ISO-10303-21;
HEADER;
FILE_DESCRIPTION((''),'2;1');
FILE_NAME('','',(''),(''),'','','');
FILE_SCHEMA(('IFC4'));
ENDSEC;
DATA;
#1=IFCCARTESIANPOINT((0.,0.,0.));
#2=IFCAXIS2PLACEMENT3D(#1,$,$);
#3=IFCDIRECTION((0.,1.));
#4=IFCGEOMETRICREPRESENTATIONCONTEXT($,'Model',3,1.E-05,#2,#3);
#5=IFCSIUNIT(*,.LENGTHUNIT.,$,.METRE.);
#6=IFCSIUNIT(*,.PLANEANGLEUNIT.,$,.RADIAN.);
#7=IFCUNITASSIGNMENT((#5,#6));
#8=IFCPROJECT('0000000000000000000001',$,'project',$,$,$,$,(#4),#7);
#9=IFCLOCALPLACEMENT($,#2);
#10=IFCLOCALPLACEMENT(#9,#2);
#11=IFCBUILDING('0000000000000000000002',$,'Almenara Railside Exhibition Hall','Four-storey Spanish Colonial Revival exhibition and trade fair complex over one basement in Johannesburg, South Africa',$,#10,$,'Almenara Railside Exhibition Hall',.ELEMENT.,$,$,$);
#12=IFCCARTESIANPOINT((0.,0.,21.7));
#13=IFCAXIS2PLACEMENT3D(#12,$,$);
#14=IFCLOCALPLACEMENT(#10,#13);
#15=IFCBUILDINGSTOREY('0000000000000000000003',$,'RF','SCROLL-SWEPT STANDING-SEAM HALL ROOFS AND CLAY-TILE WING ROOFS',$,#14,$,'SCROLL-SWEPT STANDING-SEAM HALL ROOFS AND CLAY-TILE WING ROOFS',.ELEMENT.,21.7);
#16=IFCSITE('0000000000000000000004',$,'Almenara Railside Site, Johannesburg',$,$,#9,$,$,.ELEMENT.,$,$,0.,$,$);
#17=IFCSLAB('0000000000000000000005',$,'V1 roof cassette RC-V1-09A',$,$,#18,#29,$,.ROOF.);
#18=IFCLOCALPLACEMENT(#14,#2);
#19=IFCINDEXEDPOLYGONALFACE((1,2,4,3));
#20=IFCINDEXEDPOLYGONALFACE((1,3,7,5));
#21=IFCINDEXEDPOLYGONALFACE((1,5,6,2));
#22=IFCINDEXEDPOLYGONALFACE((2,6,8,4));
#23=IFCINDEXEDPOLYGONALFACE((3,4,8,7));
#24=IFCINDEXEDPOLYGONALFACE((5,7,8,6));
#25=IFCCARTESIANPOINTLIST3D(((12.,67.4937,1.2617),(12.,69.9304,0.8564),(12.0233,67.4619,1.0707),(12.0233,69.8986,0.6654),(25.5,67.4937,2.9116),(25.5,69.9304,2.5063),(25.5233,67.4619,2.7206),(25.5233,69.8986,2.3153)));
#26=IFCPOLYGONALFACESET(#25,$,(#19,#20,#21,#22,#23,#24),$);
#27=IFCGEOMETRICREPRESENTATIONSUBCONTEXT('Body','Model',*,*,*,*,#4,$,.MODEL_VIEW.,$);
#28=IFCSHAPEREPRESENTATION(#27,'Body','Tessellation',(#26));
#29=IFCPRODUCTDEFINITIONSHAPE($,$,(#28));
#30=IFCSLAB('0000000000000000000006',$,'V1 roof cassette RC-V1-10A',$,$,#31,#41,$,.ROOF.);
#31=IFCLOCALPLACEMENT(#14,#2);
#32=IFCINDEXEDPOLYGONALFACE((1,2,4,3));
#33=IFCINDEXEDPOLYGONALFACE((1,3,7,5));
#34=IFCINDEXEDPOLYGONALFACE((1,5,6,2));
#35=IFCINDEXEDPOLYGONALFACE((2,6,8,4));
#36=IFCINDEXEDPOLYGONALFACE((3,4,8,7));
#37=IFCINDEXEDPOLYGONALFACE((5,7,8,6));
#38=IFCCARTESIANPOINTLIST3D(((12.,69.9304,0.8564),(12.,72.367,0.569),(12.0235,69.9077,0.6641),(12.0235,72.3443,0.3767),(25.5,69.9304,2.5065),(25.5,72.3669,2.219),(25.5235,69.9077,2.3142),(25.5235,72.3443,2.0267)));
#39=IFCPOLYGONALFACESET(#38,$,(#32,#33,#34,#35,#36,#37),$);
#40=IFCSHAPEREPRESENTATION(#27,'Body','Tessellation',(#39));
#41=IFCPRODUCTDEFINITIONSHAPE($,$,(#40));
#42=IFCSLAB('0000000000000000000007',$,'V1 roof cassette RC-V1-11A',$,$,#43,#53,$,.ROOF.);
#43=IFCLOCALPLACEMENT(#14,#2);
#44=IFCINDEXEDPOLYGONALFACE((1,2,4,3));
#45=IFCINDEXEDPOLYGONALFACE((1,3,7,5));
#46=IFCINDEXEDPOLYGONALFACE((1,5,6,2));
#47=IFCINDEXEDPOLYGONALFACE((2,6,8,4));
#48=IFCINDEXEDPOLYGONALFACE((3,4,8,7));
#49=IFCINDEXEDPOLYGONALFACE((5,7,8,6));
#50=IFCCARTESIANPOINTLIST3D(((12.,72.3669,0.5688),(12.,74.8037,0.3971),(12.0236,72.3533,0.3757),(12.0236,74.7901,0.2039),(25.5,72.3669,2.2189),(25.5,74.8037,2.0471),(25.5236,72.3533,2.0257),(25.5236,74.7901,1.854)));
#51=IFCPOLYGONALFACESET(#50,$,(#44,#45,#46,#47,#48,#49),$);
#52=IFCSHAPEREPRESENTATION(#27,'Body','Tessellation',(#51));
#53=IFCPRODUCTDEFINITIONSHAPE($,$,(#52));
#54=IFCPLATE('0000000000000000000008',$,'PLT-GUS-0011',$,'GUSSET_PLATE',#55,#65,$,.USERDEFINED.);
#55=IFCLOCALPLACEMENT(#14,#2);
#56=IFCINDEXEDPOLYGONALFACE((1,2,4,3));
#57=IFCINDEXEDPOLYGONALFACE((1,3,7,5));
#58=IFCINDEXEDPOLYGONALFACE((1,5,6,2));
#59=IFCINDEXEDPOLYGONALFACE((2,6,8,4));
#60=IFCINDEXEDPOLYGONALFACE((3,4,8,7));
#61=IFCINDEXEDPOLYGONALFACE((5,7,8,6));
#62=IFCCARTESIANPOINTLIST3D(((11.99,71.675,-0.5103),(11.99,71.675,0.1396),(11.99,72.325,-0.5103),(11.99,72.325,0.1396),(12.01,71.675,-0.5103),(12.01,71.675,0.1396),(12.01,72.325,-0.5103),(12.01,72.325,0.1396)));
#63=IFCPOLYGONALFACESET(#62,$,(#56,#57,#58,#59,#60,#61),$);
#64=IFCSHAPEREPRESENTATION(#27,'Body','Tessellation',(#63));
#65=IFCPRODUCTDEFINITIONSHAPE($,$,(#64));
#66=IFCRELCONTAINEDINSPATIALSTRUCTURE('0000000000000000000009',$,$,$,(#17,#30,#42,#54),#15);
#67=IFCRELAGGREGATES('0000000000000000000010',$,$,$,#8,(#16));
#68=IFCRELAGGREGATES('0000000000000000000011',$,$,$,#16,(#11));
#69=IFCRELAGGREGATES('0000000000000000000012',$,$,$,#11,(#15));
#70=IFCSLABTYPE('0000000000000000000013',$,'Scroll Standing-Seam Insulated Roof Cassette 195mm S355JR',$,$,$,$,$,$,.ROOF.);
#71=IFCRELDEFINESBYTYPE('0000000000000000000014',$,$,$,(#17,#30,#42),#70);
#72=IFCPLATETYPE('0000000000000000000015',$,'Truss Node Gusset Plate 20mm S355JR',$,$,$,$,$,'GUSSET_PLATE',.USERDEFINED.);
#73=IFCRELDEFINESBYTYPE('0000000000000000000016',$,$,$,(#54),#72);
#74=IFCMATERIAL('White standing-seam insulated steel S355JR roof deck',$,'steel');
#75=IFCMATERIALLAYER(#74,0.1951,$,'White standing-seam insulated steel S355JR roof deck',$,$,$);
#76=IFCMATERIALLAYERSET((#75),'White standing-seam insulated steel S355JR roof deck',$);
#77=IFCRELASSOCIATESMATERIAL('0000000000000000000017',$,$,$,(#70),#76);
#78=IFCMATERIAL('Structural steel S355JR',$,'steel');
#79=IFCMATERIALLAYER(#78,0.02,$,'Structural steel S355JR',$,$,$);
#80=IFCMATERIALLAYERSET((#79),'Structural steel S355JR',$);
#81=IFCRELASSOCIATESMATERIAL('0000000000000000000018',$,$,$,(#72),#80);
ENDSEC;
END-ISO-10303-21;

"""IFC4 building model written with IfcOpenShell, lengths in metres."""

from ifc_helpers import new_model, si_unit, direction, frame, origin, origin_2d, place, context, subcontext, project, spatial, polyline, rectangle, outline, extrude, material, layer, layer_set, type_object, element, save


model = new_model("IFC4")

# Units and contexts
model_context = context("Model", 3, precision=1e-05, world=origin(), true_north=direction((0.0, 1.0)))
body_context = subcontext(model_context, "Body", "Model", "MODEL_VIEW")
ifc_project = project(units=[si_unit("LENGTHUNIT", "METRE"), si_unit("PLANEANGLEUNIT", "RADIAN")], contexts=[model_context])

# Site, building, storey
site_placement = place(None, origin())
site = spatial("IfcSite", under=ifc_project, at=site_placement, Name="Almenara Railside Site, Johannesburg", CompositionType="ELEMENT", RefElevation=0.0)
building_placement = place(site_placement, origin())
building = spatial("IfcBuilding", under=site, at=building_placement, Name="Almenara Railside Exhibition Hall", Description="Four-storey Spanish Colonial Revival exhibition and trade fair complex over one basement in Johannesburg, South Africa", LongName="Almenara Railside Exhibition Hall", CompositionType="ELEMENT")
storey_placement = place(building_placement, frame((0.0, 0.0, 21.7)))
storey = spatial("IfcBuildingStorey", under=building, at=storey_placement, Name="RF", Description="SCROLL-SWEPT STANDING-SEAM HALL ROOFS AND CLAY-TILE WING ROOFS", LongName="SCROLL-SWEPT STANDING-SEAM HALL ROOFS AND CLAY-TILE WING ROOFS", CompositionType="ELEMENT", Elevation=21.7)

# Shared definitions
ifc_material_1 = material(Name="Structural steel S355JR", Category="steel")

# Slabs
ifc_material_2 = material(Name="White standing-seam insulated steel S355JR roof deck", Category="steel")
ifc_layer_1 = layer(ifc_material_2, 0.1951, Name="White standing-seam insulated steel S355JR roof deck")
ifc_layer_set_1 = layer_set([ifc_layer_1], Name="White standing-seam insulated steel S355JR roof deck")
slab_type = type_object("IfcSlabType", Name="Scroll Standing-Seam Insulated Roof Cassette 195mm S355JR", PredefinedType="ROOF", material=ifc_layer_set_1)
slab_1_placement = place(storey_placement, frame((12.0, 67.4937, 1.2617), z_axis=(-0.119692, 0.162883, 0.979358), x_axis=(0.992614, 0.0, 0.121312)))
element("IfcSlab", 1, at=slab_1_placement, inside=storey, type_object=slab_type, Name="V1 roof cassette RC-V1-09A", PredefinedType="ROOF", context=body_context, shape_type="SweptSolid", body=[
    extrude(outline(polyline([(0.0, 0.0), (13.6004, 0.0), (13.5513, 2.4698), (-0.0492, 2.4698), (0.0, 0.0)])), origin(), (0.0, 0.0, -1.0), 0.1951),
])
slab_2_placement = place(storey_placement, frame((12.0, 69.9304, 0.8564), z_axis=(-0.120498, 0.116319, 0.985875), x_axis=(0.992613, 0.000001, 0.121321)))
element("IfcSlab", 2, at=slab_2_placement, inside=storey, type_object=slab_type, Name="V1 roof cassette RC-V1-10A", PredefinedType="ROOF", context=body_context, shape_type="SweptSolid", body=[
    extrude(outline(polyline([(0.0, 0.0), (13.6004, 0.0), (13.5656, 2.4532), (-0.0349, 2.4532), (0.0, 0.0)])), origin(), (0.0, 0.0, -1.0), 0.1951),
])
slab_3_placement = place(storey_placement, frame((12.0, 72.3669, 0.5688), z_axis=(-0.121025, 0.069793, 0.990193), x_axis=(0.992613, -0.000001, 0.121321)))
element("IfcSlab", 3, at=slab_3_placement, inside=storey, type_object=slab_type, Name="V1 roof cassette RC-V1-11A", PredefinedType="ROOF", context=body_context, shape_type="SweptSolid", body=[
    extrude(outline(polyline([(0.0, 0.0), (13.6005, 0.0), (13.5796, 2.4427), (-0.0208, 2.4427), (0.0, 0.0)])), origin(), (0.0, 0.0, -1.0), 0.1951),
])

# Plate
ifc_layer_2 = layer(ifc_material_1, 0.02, Name="Structural steel S355JR")
ifc_layer_set_2 = layer_set([ifc_layer_2], Name="Structural steel S355JR")
plate_type_1 = type_object("IfcPlateType", Name="Truss Node Gusset Plate 20mm S355JR", ElementType="GUSSET_PLATE", PredefinedType="USERDEFINED", material=ifc_layer_set_2)
plate_1_placement = place(storey_placement, frame((12.0, 72.0, -0.5103), z_axis=(0.0, 0.0, 1.0), x_axis=(0.0, 1.0, 0.0)))
element("IfcPlate", 4, at=plate_1_placement, inside=storey, type_object=plate_type_1, Name="PLT-GUS-0011", ObjectType="GUSSET_PLATE", PredefinedType="USERDEFINED", context=body_context, shape_type="SweptSolid", body=[
    extrude(rectangle(XDim=0.6499, YDim=0.02, at=origin_2d()), origin(), (0.0, 0.0, 1.0), 0.6499),
])

save(model, "model.ifc")
